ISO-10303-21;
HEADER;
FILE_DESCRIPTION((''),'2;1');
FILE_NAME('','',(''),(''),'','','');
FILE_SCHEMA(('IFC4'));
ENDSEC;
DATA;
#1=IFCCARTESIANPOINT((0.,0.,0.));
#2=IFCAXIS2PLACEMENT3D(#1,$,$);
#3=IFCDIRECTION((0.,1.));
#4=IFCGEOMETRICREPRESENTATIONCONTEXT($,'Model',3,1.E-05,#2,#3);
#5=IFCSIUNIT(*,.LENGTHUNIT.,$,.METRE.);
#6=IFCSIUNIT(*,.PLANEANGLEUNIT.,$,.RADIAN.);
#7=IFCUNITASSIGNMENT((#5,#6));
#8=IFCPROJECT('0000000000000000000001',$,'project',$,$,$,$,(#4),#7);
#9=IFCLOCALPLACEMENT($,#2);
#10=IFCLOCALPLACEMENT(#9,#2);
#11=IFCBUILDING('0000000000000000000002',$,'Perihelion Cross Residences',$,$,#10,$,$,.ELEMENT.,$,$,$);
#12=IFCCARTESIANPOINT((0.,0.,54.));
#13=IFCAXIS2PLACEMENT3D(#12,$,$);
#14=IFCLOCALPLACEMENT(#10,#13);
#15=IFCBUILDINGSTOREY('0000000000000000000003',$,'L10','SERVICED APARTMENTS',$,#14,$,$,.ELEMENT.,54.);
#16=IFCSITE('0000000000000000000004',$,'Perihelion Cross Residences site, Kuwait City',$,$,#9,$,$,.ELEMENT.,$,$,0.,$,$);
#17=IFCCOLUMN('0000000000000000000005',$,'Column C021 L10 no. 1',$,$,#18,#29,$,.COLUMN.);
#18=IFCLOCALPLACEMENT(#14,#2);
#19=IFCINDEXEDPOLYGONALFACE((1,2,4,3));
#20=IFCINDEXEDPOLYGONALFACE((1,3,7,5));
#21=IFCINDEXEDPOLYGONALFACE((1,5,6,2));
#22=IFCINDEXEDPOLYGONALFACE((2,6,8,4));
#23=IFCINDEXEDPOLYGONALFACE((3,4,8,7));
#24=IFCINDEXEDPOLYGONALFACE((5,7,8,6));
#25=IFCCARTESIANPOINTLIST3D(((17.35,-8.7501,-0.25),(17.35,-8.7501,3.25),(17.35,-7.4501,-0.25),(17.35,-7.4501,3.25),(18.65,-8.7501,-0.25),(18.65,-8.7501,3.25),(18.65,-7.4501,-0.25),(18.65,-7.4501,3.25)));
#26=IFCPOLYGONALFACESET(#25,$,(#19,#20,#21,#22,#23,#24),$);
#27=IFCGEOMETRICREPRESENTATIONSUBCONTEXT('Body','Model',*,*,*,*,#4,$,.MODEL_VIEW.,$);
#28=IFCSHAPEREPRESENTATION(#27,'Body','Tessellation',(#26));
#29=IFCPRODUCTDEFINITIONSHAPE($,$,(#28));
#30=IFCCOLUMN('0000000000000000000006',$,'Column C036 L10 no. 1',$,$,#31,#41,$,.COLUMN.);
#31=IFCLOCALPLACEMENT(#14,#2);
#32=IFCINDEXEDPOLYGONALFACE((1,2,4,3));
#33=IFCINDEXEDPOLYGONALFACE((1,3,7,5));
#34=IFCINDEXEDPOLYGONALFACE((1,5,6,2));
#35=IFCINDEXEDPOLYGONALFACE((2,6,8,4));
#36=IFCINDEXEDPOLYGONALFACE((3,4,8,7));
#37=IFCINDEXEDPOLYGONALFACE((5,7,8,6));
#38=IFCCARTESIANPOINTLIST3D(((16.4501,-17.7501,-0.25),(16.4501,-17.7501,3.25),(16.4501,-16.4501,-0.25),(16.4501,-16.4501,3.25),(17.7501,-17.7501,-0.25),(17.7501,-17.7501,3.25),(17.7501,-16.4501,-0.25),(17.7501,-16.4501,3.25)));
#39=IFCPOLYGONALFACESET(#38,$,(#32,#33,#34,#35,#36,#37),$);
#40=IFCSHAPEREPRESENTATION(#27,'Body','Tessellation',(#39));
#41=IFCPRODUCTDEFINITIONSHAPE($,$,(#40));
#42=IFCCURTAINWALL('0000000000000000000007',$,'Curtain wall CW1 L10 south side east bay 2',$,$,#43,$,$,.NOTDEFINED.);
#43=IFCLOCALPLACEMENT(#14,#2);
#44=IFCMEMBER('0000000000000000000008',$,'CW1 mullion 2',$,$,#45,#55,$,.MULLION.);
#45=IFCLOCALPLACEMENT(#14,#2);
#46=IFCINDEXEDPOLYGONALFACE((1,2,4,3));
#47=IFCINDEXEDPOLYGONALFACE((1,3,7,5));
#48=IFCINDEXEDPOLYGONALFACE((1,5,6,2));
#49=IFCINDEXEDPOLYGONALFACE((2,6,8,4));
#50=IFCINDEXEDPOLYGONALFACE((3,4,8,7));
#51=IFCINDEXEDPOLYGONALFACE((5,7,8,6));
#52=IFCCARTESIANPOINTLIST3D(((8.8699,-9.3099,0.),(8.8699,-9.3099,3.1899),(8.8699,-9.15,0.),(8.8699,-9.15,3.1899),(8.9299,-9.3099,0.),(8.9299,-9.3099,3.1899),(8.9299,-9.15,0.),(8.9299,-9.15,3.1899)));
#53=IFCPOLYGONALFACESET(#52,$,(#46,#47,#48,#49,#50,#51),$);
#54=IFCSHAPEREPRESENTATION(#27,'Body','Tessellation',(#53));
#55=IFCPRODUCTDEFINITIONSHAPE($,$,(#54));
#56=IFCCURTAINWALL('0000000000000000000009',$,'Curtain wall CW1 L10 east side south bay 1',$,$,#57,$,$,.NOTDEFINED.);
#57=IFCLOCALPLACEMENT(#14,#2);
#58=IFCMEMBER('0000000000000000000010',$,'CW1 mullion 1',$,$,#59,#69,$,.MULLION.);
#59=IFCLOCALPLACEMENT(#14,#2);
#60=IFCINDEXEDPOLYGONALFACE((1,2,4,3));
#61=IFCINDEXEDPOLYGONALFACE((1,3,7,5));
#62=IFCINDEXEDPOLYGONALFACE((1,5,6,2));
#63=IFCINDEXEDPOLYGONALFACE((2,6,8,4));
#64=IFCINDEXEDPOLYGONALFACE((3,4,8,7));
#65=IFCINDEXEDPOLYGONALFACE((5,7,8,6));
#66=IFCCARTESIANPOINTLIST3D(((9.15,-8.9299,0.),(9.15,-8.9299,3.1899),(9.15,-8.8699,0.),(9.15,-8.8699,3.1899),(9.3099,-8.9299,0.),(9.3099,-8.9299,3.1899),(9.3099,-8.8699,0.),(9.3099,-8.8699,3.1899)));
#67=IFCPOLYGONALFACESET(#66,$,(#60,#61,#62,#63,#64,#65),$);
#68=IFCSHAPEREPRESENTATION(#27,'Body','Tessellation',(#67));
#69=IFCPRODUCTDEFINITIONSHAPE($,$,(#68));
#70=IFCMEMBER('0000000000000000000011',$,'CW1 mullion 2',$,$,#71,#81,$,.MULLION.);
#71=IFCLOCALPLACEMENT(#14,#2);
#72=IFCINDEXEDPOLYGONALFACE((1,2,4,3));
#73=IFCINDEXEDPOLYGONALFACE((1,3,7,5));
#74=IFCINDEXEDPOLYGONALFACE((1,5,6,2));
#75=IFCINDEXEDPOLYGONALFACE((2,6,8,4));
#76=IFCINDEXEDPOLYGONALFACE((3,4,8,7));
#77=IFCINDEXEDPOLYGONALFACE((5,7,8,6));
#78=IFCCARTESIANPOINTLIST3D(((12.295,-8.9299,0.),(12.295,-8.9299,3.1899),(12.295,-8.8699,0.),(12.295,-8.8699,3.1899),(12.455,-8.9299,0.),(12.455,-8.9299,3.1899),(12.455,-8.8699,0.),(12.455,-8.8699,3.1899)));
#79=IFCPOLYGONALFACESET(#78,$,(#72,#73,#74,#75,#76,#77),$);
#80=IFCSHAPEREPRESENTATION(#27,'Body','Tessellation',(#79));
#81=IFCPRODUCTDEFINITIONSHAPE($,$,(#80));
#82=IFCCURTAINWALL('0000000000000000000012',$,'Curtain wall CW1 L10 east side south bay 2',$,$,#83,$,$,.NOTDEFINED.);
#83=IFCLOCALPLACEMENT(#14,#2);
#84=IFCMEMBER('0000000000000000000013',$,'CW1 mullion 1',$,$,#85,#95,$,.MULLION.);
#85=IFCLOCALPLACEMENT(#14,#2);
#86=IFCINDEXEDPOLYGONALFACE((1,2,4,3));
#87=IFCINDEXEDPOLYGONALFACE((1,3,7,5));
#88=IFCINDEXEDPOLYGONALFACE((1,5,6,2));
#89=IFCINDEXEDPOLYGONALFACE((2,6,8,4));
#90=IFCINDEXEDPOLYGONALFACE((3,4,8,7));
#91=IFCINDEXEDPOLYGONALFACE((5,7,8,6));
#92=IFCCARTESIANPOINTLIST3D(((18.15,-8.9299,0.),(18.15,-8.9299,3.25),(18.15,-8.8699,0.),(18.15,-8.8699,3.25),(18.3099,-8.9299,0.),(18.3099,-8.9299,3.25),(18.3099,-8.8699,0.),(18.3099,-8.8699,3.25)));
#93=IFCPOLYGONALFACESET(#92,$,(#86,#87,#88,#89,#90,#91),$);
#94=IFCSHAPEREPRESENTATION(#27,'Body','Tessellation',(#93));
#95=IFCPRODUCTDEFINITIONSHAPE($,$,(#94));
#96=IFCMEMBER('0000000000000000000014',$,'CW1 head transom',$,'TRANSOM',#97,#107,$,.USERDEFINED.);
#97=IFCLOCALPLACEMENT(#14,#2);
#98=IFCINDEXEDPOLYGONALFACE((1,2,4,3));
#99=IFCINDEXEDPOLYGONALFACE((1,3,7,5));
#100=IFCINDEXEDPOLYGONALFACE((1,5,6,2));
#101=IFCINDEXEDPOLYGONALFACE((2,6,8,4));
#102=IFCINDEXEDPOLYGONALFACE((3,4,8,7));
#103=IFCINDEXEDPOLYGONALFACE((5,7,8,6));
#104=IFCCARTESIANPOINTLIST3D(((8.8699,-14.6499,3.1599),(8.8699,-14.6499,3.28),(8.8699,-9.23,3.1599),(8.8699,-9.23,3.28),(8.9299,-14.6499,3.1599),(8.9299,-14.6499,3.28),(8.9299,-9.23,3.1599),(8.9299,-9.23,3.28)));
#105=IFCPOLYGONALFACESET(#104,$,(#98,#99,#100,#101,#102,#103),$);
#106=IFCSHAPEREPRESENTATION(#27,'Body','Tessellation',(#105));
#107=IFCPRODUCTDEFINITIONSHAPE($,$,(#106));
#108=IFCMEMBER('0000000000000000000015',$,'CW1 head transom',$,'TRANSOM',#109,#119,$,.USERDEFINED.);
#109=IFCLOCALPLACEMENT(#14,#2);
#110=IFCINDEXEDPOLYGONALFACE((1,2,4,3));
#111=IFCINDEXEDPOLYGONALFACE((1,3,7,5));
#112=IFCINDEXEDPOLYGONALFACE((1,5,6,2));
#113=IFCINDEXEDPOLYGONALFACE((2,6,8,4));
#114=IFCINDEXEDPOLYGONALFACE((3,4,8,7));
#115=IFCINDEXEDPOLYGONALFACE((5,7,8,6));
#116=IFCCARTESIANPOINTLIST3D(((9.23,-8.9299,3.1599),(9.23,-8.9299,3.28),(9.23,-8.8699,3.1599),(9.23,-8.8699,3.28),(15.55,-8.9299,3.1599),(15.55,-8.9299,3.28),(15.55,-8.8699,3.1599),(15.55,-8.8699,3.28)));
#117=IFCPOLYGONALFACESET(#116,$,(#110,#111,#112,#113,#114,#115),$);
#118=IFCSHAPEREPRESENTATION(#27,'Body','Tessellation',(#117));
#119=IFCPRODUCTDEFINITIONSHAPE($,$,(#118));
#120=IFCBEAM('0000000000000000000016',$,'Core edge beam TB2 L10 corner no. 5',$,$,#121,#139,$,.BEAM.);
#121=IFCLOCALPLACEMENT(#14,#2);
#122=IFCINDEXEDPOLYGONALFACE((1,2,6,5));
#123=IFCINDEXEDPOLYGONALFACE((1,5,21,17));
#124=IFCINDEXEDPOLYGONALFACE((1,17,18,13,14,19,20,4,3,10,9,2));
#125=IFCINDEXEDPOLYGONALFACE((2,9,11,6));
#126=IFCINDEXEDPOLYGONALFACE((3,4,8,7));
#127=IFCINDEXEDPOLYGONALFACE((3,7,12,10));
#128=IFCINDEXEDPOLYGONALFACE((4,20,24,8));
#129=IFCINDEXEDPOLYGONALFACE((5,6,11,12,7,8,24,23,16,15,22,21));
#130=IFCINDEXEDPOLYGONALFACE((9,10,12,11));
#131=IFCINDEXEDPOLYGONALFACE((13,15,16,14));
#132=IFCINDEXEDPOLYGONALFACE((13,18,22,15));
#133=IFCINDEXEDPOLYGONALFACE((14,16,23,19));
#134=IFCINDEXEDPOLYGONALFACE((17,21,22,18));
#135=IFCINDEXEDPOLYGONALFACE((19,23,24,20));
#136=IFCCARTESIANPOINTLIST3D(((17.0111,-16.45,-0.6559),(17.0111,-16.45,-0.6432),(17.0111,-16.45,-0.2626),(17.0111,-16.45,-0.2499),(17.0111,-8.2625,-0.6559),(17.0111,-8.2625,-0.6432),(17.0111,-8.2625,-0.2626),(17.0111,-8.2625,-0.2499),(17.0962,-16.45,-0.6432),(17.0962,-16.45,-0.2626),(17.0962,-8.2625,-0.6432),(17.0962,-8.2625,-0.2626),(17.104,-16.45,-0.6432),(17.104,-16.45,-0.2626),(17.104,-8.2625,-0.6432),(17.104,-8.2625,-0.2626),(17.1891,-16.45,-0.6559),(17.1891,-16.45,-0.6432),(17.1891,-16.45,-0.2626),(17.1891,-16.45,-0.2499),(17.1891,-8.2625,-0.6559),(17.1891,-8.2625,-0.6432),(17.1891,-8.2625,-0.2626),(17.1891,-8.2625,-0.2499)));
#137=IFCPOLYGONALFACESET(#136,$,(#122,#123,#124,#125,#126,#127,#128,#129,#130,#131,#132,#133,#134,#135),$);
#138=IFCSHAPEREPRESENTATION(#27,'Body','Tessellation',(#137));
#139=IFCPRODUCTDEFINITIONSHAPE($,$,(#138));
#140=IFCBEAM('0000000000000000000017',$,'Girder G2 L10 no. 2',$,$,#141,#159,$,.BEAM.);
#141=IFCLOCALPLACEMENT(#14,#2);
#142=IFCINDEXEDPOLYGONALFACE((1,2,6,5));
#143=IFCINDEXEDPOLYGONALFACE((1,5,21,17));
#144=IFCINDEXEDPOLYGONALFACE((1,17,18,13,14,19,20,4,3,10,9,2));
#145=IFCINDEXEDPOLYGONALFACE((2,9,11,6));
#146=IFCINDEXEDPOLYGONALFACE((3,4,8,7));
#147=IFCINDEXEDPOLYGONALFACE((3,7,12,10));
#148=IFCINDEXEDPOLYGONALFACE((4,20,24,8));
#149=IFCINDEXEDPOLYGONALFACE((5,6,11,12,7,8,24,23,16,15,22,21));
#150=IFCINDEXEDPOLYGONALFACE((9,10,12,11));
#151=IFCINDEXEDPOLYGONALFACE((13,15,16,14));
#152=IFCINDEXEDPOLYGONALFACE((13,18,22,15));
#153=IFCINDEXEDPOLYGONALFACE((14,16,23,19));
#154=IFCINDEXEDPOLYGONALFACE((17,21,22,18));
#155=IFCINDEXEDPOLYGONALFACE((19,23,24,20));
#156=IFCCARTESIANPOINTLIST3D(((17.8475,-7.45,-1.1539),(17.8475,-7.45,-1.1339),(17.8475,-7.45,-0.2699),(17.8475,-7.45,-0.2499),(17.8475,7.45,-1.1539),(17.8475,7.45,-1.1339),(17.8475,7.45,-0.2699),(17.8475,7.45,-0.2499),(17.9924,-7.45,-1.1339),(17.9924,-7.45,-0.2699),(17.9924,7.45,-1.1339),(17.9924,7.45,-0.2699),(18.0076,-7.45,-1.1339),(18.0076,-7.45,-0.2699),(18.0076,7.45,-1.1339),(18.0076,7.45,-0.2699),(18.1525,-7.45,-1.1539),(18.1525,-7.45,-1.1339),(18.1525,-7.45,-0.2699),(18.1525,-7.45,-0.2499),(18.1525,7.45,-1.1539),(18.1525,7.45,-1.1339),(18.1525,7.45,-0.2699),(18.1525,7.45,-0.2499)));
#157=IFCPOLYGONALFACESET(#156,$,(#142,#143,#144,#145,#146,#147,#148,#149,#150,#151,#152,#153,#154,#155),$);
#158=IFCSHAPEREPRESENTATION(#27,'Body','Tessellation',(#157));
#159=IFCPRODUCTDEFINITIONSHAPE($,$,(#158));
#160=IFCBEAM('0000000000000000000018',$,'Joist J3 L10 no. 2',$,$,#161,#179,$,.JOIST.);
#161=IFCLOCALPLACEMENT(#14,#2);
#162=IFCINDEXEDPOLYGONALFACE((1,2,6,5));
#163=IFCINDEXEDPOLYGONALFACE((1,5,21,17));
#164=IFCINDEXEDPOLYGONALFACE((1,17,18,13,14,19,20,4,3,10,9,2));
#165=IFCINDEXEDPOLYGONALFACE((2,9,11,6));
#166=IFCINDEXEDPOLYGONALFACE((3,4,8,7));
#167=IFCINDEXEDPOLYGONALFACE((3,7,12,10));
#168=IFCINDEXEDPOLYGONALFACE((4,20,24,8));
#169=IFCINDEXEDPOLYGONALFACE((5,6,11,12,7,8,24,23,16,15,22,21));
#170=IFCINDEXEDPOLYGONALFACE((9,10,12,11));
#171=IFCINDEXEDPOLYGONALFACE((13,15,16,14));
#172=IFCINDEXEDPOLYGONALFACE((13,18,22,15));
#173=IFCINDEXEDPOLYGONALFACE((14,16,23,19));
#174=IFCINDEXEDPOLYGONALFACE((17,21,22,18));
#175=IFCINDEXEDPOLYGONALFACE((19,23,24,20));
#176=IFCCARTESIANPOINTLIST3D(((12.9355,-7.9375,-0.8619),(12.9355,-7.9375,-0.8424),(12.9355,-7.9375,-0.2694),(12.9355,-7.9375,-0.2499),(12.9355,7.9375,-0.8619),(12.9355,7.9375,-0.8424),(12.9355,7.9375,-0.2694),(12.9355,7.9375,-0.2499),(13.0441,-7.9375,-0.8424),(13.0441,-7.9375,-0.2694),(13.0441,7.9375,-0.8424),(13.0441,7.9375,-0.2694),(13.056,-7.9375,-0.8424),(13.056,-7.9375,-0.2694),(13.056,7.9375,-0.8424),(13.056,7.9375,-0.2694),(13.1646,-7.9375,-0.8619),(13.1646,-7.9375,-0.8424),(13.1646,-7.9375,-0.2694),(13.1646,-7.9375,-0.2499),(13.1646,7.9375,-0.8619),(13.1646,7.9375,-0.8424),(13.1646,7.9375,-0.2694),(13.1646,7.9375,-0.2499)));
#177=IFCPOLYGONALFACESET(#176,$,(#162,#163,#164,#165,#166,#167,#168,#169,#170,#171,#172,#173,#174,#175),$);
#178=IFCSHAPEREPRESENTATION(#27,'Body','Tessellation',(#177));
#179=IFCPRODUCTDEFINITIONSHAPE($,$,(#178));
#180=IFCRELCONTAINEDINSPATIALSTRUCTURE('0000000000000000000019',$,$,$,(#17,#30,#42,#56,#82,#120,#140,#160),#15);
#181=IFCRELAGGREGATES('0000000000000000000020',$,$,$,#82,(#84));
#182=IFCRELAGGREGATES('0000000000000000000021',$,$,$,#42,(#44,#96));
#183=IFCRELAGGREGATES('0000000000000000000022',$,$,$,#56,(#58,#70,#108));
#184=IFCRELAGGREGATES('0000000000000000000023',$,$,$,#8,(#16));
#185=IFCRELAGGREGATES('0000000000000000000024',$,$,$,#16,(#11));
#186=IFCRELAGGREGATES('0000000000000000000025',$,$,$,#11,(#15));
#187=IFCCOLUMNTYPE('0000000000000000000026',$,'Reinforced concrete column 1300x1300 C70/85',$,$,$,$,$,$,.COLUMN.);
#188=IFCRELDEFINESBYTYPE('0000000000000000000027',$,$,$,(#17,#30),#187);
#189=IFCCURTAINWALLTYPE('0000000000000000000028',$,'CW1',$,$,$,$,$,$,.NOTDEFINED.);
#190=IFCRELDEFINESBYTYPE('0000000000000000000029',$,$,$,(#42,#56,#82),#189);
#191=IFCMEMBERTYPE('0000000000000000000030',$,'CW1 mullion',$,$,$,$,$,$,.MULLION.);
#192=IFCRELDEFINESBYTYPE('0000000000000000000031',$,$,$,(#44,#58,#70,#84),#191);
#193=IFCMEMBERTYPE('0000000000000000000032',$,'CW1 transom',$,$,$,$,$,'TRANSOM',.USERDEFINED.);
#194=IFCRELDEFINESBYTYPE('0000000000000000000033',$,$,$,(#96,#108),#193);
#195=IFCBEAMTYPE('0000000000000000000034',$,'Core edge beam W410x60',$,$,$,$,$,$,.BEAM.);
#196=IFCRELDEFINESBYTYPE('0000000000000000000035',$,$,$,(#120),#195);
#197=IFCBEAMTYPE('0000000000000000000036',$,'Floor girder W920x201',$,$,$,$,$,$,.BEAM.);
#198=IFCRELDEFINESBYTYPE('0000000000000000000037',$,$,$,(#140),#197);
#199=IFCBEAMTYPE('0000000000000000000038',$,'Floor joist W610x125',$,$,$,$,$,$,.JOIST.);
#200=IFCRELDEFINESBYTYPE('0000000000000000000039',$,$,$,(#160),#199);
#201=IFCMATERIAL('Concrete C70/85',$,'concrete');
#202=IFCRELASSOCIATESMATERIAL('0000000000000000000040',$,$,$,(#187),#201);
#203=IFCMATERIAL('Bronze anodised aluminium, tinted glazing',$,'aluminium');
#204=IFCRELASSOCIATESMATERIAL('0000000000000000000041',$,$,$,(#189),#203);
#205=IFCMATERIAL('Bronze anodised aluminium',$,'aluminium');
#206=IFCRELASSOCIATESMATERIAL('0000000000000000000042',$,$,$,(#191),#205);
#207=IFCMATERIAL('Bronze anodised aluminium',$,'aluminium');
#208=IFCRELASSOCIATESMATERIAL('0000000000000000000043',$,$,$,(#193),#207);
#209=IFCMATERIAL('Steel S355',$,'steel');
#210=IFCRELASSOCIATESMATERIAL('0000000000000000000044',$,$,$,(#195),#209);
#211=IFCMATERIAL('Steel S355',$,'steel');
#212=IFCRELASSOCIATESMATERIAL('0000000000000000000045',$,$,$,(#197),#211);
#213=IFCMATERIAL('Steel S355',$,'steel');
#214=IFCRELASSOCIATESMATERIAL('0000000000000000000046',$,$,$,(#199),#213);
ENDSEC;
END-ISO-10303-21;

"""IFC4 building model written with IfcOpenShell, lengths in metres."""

from ifc_helpers import new_model, si_unit, direction, frame, origin, origin_2d, place, context, subcontext, project, spatial, rectangle, i_section, extrude, material, material_profile, profile_set, type_object, element, aggregate, save


model = new_model("IFC4")

# Units and contexts
model_context = context("Model", 3, precision=1e-05, world=origin(), true_north=direction((0.0, 1.0)))
body_context = subcontext(model_context, "Body", "Model", "MODEL_VIEW")
ifc_project = project(units=[si_unit("LENGTHUNIT", "METRE"), si_unit("PLANEANGLEUNIT", "RADIAN")], contexts=[model_context])

# Site, building, storey
site_placement = place(None, origin())
site = spatial("IfcSite", under=ifc_project, at=site_placement, Name="Perihelion Cross Residences site, Kuwait City", CompositionType="ELEMENT", RefElevation=0.0)
building_placement = place(site_placement, origin())
building = spatial("IfcBuilding", under=site, at=building_placement, Name="Perihelion Cross Residences", CompositionType="ELEMENT")
storey_placement = place(building_placement, frame((0.0, 0.0, 54.0)))
storey = spatial("IfcBuildingStorey", under=building, at=storey_placement, Name="L10", Description="SERVICED APARTMENTS", CompositionType="ELEMENT", Elevation=54.0)

# Columns
ifc_material_1 = material(Name="Concrete C70/85", Category="concrete")
ifc_material_profile_1 = material_profile(ifc_material_1, rectangle(XDim=1.3, YDim=1.3, at=origin_2d()), Name="RC 1300x1300")
ifc_profile_set_1 = profile_set([ifc_material_profile_1], Name="Concrete C70/85")
column_type = type_object("IfcColumnType", Name="Reinforced concrete column 1300x1300 C70/85", PredefinedType="COLUMN", material=ifc_profile_set_1)
for number, where, z_axis, x_axis, name in (
    (1, (18.0, -8.1001, -0.25), (0.0, 0.0, 1.0), (1.0, 0.0, 0.0), "Column C021 L10 no. 1"),
    (2, (17.1001, -17.1001, -0.25), (0.0, 0.0, 1.0), (1.0, 0.0, 0.0), "Column C036 L10 no. 1"),
):
    element("IfcColumn", number, at=place(storey_placement, frame(where, z_axis=z_axis, x_axis=x_axis)), inside=storey, type_object=column_type, Name=name, PredefinedType="COLUMN", context=body_context, shape_type="SweptSolid", body=[
        extrude(rectangle(XDim=1.3, YDim=1.3, at=origin_2d()), origin(), (0.0, 0.0, 1.0), 3.5),
    ])

# Curtain wall, member
ifc_material_2 = material(Name="Bronze anodised aluminium, tinted glazing", Category="aluminium")
curtain_wall_type = type_object("IfcCurtainWallType", Name="CW1", PredefinedType="NOTDEFINED", material=ifc_material_2)
curtain_wall_1_placement = place(storey_placement, origin())
curtain_wall_1 = element("IfcCurtainWall", 3, at=curtain_wall_1_placement, inside=storey, type_object=curtain_wall_type, Name="Curtain wall CW1 L10 south side east bay 2", PredefinedType="NOTDEFINED")
ifc_material_3 = material(Name="Bronze anodised aluminium", Category="aluminium")
ifc_material_profile_2 = material_profile(ifc_material_3, rectangle(XDim=0.0601, YDim=0.1599, at=origin_2d()), Name="CW1 mullion")
ifc_profile_set_2 = profile_set([ifc_material_profile_2], Name="Bronze anodised aluminium")
member_type_1 = type_object("IfcMemberType", Name="CW1 mullion", PredefinedType="MULLION", material=ifc_profile_set_2)
member_1_placement = place(storey_placement, frame((8.8999, -9.23, 0.0), z_axis=(0.0, 0.0, 1.0), x_axis=(-1.0, 0.0, 0.0)))
member_1 = element("IfcMember", 4, at=member_1_placement, type_object=member_type_1, Name="CW1 mullion 2", PredefinedType="MULLION", context=body_context, shape_type="SweptSolid", body=[
    extrude(rectangle(XDim=0.0601, YDim=0.1599, at=origin_2d()), origin(), (0.0, 0.0, 1.0), 3.1899),
])

# Curtain wall, members
curtain_wall_2_placement = place(storey_placement, origin())
curtain_wall_2 = element("IfcCurtainWall", 5, at=curtain_wall_2_placement, inside=storey, type_object=curtain_wall_type, Name="Curtain wall CW1 L10 east side south bay 1", PredefinedType="NOTDEFINED")
member_2_placement = place(storey_placement, frame((9.23, -8.8999, 0.0), z_axis=(0.0, 0.0, 1.0), x_axis=(0.0, 1.0, 0.0)))
member_2 = element("IfcMember", 6, at=member_2_placement, type_object=member_type_1, Name="CW1 mullion 1", PredefinedType="MULLION", context=body_context, shape_type="SweptSolid", body=[
    extrude(rectangle(XDim=0.0601, YDim=0.1599, at=origin_2d()), origin(), (0.0, 0.0, 1.0), 3.1899),
])
member_3_placement = place(storey_placement, frame((12.375, -8.8999, 0.0), z_axis=(0.0, 0.0, 1.0), x_axis=(0.0, 1.0, 0.0)))
member_3 = element("IfcMember", 7, at=member_3_placement, type_object=member_type_1, Name="CW1 mullion 2", PredefinedType="MULLION", context=body_context, shape_type="SweptSolid", body=[
    extrude(rectangle(XDim=0.0601, YDim=0.1599, at=origin_2d()), origin(), (0.0, 0.0, 1.0), 3.1899),
])

# Curtain wall, member
curtain_wall_3_placement = place(storey_placement, origin())
curtain_wall_3 = element("IfcCurtainWall", 8, at=curtain_wall_3_placement, inside=storey, type_object=curtain_wall_type, Name="Curtain wall CW1 L10 east side south bay 2", PredefinedType="NOTDEFINED")
member_4_placement = place(storey_placement, frame((18.23, -8.8999, 0.0), z_axis=(0.0, 0.0, 1.0), x_axis=(0.0, 1.0, 0.0)))
member_4 = element("IfcMember", 9, at=member_4_placement, type_object=member_type_1, Name="CW1 mullion 1", PredefinedType="MULLION", context=body_context, shape_type="SweptSolid", body=[
    extrude(rectangle(XDim=0.0601, YDim=0.1599, at=origin_2d()), origin(), (0.0, 0.0, 1.0), 3.25),
])
aggregate(curtain_wall_3, [member_4])

# Members
ifc_material_4 = material(Name="Bronze anodised aluminium", Category="aluminium")
ifc_material_profile_3 = material_profile(ifc_material_4, rectangle(XDim=0.0601, YDim=0.1201, at=origin_2d()), Name="CW1 transom")
ifc_profile_set_3 = profile_set([ifc_material_profile_3], Name="Bronze anodised aluminium")
member_type_2 = type_object("IfcMemberType", Name="CW1 transom", ElementType="TRANSOM", PredefinedType="USERDEFINED", material=ifc_profile_set_3)
member_5_placement = place(storey_placement, frame((8.8999, -14.6499, 3.22), z_axis=(0.0, 1.0, 0.0), x_axis=(-1.0, 0.0, 0.0)))
member_5 = element("IfcMember", 10, at=member_5_placement, type_object=member_type_2, Name="CW1 head transom", ObjectType="TRANSOM", PredefinedType="USERDEFINED", context=body_context, shape_type="SweptSolid", body=[
    extrude(rectangle(XDim=0.0601, YDim=0.1201, at=origin_2d()), origin(), (0.0, 0.0, 1.0), 5.4199),
])
member_6_placement = place(storey_placement, frame((9.23, -8.8999, 3.22), z_axis=(1.0, 0.0, 0.0), x_axis=(0.0, 1.0, 0.0)))
member_6 = element("IfcMember", 11, at=member_6_placement, type_object=member_type_2, Name="CW1 head transom", ObjectType="TRANSOM", PredefinedType="USERDEFINED", context=body_context, shape_type="SweptSolid", body=[
    extrude(rectangle(XDim=0.0601, YDim=0.1201, at=origin_2d()), origin(), (0.0, 0.0, 1.0), 6.3201),
])

# Beams
ifc_material_5 = material(Name="Steel S355", Category="steel")
ifc_material_profile_4 = material_profile(ifc_material_5, i_section(OverallWidth=0.178, OverallDepth=0.406, WebThickness=0.0078, FlangeThickness=0.0127, at=origin_2d()), Name="W410x60")
ifc_profile_set_4 = profile_set([ifc_material_profile_4], Name="Steel S355")
beam_type_1 = type_object("IfcBeamType", Name="Core edge beam W410x60", PredefinedType="BEAM", material=ifc_profile_set_4)
beam_1_placement = place(storey_placement, frame((17.1001, -8.2625, -0.4529), z_axis=(0.0, -1.0, 0.0), x_axis=(1.0, 0.0, 0.0)))
element("IfcBeam", 12, at=beam_1_placement, inside=storey, type_object=beam_type_1, Name="Core edge beam TB2 L10 corner no. 5", PredefinedType="BEAM", context=body_context, shape_type="SweptSolid", body=[
    extrude(i_section(OverallWidth=0.178, OverallDepth=0.406, WebThickness=0.0078, FlangeThickness=0.0127, at=origin_2d()), origin(), (0.0, 0.0, 1.0), 8.1875),
])
ifc_material_6 = material(Name="Steel S355", Category="steel")
ifc_material_profile_5 = material_profile(ifc_material_6, i_section(OverallWidth=0.3049, OverallDepth=0.9041, WebThickness=0.0151, FlangeThickness=0.02, at=origin_2d()), Name="W920x201")
ifc_profile_set_5 = profile_set([ifc_material_profile_5], Name="Steel S355")
beam_type_2 = type_object("IfcBeamType", Name="Floor girder W920x201", PredefinedType="BEAM", material=ifc_profile_set_5)
beam_2_placement = place(storey_placement, frame((18.0, -7.45, -0.7019), z_axis=(0.0, 1.0, 0.0), x_axis=(-1.0, 0.0, 0.0)))
element("IfcBeam", 13, at=beam_2_placement, inside=storey, type_object=beam_type_2, Name="Girder G2 L10 no. 2", PredefinedType="BEAM", context=body_context, shape_type="SweptSolid", body=[
    extrude(i_section(OverallWidth=0.3049, OverallDepth=0.9041, WebThickness=0.0151, FlangeThickness=0.02, at=origin_2d()), origin(), (0.0, 0.0, 1.0), 14.8999),
])
ifc_material_7 = material(Name="Steel S355", Category="steel")
ifc_material_profile_6 = material_profile(ifc_material_7, i_section(OverallWidth=0.229, OverallDepth=0.6121, WebThickness=0.012, FlangeThickness=0.0195, at=origin_2d()), Name="W610x125")
ifc_profile_set_6 = profile_set([ifc_material_profile_6], Name="Steel S355")
beam_type_3 = type_object("IfcBeamType", Name="Floor joist W610x125", PredefinedType="JOIST", material=ifc_profile_set_6)
beam_3_placement = place(storey_placement, frame((13.05, -7.9375, -0.5559), z_axis=(0.0, 1.0, 0.0), x_axis=(-1.0, 0.0, 0.0)))
element("IfcBeam", 14, at=beam_3_placement, inside=storey, type_object=beam_type_3, Name="Joist J3 L10 no. 2", PredefinedType="JOIST", context=body_context, shape_type="SweptSolid", body=[
    extrude(i_section(OverallWidth=0.229, OverallDepth=0.6121, WebThickness=0.012, FlangeThickness=0.0195, at=origin_2d()), origin(), (0.0, 0.0, 1.0), 15.875),
])

aggregate(curtain_wall_1, [member_1, member_5])
aggregate(curtain_wall_2, [member_2, member_3, member_6])

save(model, "model.ifc")
